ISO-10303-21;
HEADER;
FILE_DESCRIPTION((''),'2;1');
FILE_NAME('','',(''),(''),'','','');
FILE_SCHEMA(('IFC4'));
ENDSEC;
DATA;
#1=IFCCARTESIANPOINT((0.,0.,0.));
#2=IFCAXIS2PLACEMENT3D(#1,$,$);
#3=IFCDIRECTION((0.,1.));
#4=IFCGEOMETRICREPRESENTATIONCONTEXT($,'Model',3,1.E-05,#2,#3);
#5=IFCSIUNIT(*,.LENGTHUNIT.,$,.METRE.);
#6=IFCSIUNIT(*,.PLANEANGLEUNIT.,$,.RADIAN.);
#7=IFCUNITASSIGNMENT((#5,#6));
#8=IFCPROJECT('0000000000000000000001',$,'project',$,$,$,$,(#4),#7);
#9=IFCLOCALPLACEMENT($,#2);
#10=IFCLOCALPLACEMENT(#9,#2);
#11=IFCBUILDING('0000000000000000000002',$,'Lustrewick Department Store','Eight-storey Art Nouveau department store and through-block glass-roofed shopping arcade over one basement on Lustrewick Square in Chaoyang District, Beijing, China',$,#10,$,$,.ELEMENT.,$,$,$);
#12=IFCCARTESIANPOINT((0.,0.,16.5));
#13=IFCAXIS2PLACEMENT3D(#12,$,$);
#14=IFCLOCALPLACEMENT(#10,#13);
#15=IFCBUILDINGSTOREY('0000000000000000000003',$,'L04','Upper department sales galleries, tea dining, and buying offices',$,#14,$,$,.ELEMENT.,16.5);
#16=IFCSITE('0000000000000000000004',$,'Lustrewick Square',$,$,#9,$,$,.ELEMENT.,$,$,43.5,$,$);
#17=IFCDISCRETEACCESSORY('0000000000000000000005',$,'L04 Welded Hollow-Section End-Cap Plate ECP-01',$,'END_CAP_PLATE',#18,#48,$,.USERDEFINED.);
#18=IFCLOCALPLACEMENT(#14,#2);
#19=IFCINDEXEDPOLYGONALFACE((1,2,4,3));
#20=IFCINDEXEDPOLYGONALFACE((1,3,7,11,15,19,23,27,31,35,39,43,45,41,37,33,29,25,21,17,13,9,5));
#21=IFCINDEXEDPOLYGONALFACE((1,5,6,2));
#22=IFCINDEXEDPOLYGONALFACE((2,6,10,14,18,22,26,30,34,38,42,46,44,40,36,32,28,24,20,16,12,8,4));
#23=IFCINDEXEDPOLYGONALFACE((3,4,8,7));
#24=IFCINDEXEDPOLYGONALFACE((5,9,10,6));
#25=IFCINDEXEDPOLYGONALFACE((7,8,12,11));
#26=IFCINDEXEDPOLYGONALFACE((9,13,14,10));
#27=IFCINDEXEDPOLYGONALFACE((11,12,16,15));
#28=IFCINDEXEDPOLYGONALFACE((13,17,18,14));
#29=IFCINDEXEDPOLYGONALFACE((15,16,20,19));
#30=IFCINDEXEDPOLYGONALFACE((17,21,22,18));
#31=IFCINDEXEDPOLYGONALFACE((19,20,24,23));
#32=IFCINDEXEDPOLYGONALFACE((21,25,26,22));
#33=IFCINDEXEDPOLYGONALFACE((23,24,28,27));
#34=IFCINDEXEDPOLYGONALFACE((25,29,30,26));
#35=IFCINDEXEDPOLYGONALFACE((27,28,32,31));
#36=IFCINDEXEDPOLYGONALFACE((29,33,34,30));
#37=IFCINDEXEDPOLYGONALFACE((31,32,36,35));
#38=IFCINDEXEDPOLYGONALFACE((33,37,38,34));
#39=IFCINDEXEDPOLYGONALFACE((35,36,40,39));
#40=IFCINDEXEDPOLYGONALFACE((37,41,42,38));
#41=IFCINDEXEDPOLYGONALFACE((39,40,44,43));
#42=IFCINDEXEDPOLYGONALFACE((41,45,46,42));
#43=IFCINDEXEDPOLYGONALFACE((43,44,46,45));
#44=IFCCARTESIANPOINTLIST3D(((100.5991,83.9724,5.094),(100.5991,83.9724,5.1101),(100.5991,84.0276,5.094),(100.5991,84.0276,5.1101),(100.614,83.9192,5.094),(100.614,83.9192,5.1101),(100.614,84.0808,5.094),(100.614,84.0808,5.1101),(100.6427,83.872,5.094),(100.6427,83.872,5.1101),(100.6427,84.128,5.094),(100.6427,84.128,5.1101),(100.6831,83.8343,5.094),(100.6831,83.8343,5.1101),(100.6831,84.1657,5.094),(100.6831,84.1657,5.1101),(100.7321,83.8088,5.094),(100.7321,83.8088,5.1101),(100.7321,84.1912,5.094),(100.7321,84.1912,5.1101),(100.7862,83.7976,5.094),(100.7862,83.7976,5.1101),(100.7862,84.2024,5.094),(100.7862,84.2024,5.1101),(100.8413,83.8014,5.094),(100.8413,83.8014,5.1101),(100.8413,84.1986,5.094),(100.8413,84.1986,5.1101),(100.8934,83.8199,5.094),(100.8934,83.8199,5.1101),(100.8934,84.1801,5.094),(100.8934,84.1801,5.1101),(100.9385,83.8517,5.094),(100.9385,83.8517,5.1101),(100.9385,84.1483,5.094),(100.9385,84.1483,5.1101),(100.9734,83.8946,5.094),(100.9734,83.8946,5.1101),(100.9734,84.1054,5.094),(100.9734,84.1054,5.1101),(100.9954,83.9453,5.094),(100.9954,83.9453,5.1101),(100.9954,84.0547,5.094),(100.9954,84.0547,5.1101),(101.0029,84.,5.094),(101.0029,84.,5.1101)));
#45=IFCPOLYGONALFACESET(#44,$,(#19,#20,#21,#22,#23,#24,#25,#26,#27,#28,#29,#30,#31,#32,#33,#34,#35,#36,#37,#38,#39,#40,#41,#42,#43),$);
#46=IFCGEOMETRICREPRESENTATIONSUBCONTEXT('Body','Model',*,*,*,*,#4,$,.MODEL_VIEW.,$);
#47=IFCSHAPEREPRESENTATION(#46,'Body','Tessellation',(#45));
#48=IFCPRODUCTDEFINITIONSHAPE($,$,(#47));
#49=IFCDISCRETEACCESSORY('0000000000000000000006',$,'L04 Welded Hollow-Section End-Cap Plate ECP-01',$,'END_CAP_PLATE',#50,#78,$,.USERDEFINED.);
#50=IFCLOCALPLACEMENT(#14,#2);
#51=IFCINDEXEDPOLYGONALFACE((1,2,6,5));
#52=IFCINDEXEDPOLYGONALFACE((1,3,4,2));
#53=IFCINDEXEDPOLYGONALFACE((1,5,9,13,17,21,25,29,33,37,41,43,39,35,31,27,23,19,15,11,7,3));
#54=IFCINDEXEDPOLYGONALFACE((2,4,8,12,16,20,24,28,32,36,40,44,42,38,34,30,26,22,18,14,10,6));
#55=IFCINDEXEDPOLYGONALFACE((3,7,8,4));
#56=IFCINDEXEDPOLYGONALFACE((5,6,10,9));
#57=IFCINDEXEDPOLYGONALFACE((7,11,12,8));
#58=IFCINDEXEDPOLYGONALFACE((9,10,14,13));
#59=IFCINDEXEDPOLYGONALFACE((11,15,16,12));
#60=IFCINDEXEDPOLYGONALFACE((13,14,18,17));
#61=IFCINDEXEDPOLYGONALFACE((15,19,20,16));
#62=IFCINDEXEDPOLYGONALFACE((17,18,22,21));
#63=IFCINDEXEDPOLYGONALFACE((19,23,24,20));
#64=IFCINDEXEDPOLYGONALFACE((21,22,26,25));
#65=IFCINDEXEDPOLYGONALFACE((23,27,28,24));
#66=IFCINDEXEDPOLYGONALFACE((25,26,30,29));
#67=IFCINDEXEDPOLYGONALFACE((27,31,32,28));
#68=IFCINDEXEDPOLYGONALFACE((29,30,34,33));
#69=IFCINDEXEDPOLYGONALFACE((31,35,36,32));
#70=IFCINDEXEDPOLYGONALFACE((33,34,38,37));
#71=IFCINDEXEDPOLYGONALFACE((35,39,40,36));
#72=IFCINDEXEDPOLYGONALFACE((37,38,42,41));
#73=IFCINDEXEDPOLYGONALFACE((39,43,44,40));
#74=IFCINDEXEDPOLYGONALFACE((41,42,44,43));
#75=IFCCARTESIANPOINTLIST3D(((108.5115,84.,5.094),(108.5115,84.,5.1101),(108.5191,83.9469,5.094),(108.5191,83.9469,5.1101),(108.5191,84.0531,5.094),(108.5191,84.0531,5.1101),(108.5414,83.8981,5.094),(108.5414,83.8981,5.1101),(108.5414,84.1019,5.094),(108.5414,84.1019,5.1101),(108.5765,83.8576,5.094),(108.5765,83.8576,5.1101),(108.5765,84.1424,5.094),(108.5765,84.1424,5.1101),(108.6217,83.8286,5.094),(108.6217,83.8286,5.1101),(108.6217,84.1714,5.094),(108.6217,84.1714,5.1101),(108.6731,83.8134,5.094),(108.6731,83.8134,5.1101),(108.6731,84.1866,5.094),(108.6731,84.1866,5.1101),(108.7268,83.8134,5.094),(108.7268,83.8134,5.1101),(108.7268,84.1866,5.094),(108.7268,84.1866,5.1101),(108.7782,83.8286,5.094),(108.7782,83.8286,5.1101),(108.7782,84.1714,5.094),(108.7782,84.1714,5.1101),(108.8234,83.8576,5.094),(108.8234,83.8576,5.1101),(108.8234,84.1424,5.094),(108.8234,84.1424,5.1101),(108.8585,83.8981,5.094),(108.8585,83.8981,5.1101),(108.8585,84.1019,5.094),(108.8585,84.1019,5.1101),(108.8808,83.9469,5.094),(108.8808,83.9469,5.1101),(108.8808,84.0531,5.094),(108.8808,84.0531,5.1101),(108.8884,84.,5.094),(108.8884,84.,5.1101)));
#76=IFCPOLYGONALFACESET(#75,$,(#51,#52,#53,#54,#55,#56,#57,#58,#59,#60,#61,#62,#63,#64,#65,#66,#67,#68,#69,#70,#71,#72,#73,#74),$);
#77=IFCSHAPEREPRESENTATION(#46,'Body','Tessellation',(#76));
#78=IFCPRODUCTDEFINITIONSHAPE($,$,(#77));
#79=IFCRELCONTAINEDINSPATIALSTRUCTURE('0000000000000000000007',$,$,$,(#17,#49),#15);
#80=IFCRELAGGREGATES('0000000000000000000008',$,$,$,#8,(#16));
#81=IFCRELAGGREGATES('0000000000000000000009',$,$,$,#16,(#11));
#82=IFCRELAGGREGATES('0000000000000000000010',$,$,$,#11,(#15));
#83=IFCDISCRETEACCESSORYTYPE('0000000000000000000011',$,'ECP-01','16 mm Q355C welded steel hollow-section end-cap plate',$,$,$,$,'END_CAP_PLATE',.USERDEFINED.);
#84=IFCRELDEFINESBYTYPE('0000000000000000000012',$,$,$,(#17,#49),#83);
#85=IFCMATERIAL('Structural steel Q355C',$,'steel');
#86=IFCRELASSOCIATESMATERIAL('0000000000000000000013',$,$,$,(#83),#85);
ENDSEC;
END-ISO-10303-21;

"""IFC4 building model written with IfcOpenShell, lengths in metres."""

from ifc_helpers import new_model, si_unit, direction, frame, origin, origin_2d, place, context, subcontext, project, spatial, circle, extrude, material, type_object, element, save


model = new_model("IFC4")

# Units and contexts
model_context = context("Model", 3, precision=1e-05, world=origin(), true_north=direction((0.0, 1.0)))
body_context = subcontext(model_context, "Body", "Model", "MODEL_VIEW")
ifc_project = project(units=[si_unit("LENGTHUNIT", "METRE"), si_unit("PLANEANGLEUNIT", "RADIAN")], contexts=[model_context])

# Site, building, storey
site_placement = place(None, origin())
site = spatial("IfcSite", under=ifc_project, at=site_placement, Name="Lustrewick Square", CompositionType="ELEMENT", RefElevation=43.5)
building_placement = place(site_placement, origin())
building = spatial("IfcBuilding", under=site, at=building_placement, Name="Lustrewick Department Store", Description="Eight-storey Art Nouveau department store and through-block glass-roofed shopping arcade over one basement on Lustrewick Square in Chaoyang District, Beijing, China", CompositionType="ELEMENT")
storey_placement = place(building_placement, frame((0.0, 0.0, 16.5)))
storey = spatial("IfcBuildingStorey", under=building, at=storey_placement, Name="L04", Description="Upper department sales galleries, tea dining, and buying offices", CompositionType="ELEMENT", Elevation=16.5)

# Shared definitions
ifc_material_1 = material(Name="Structural steel Q355C", Category="steel")

# Discrete accessories
discrete_accessory_type = type_object("IfcDiscreteAccessoryType", Name="ECP-01", Description="16 mm Q355C welded steel hollow-section end-cap plate", ElementType="END_CAP_PLATE", PredefinedType="USERDEFINED", material=ifc_material_1)
discrete_accessory_1_placement = place(storey_placement, frame((100.8, 84.0, 5.094), z_axis=(0.0, 0.0, 1.0), x_axis=(1.0, 0.0, 0.0)))
element("IfcDiscreteAccessory", 1, at=discrete_accessory_1_placement, inside=storey, type_object=discrete_accessory_type, Name="L04 Welded Hollow-Section End-Cap Plate ECP-01", ObjectType="END_CAP_PLATE", PredefinedType="USERDEFINED", context=body_context, shape_type="SweptSolid", body=[
    extrude(circle(Radius=0.2029, at=origin_2d()), origin(), (0.0, 0.0, 1.0), 0.0161),
])
discrete_accessory_2_placement = place(storey_placement, frame((108.7, 84.0, 5.094), z_axis=(0.0, 0.0, 1.0), x_axis=(1.0, 0.0, 0.0)))
element("IfcDiscreteAccessory", 2, at=discrete_accessory_2_placement, inside=storey, type_object=discrete_accessory_type, Name="L04 Welded Hollow-Section End-Cap Plate ECP-01", ObjectType="END_CAP_PLATE", PredefinedType="USERDEFINED", context=body_context, shape_type="SweptSolid", body=[
    extrude(circle(Radius=0.1885, at=origin_2d()), origin(), (0.0, 0.0, 1.0), 0.0161),
])

save(model, "model.ifc")
